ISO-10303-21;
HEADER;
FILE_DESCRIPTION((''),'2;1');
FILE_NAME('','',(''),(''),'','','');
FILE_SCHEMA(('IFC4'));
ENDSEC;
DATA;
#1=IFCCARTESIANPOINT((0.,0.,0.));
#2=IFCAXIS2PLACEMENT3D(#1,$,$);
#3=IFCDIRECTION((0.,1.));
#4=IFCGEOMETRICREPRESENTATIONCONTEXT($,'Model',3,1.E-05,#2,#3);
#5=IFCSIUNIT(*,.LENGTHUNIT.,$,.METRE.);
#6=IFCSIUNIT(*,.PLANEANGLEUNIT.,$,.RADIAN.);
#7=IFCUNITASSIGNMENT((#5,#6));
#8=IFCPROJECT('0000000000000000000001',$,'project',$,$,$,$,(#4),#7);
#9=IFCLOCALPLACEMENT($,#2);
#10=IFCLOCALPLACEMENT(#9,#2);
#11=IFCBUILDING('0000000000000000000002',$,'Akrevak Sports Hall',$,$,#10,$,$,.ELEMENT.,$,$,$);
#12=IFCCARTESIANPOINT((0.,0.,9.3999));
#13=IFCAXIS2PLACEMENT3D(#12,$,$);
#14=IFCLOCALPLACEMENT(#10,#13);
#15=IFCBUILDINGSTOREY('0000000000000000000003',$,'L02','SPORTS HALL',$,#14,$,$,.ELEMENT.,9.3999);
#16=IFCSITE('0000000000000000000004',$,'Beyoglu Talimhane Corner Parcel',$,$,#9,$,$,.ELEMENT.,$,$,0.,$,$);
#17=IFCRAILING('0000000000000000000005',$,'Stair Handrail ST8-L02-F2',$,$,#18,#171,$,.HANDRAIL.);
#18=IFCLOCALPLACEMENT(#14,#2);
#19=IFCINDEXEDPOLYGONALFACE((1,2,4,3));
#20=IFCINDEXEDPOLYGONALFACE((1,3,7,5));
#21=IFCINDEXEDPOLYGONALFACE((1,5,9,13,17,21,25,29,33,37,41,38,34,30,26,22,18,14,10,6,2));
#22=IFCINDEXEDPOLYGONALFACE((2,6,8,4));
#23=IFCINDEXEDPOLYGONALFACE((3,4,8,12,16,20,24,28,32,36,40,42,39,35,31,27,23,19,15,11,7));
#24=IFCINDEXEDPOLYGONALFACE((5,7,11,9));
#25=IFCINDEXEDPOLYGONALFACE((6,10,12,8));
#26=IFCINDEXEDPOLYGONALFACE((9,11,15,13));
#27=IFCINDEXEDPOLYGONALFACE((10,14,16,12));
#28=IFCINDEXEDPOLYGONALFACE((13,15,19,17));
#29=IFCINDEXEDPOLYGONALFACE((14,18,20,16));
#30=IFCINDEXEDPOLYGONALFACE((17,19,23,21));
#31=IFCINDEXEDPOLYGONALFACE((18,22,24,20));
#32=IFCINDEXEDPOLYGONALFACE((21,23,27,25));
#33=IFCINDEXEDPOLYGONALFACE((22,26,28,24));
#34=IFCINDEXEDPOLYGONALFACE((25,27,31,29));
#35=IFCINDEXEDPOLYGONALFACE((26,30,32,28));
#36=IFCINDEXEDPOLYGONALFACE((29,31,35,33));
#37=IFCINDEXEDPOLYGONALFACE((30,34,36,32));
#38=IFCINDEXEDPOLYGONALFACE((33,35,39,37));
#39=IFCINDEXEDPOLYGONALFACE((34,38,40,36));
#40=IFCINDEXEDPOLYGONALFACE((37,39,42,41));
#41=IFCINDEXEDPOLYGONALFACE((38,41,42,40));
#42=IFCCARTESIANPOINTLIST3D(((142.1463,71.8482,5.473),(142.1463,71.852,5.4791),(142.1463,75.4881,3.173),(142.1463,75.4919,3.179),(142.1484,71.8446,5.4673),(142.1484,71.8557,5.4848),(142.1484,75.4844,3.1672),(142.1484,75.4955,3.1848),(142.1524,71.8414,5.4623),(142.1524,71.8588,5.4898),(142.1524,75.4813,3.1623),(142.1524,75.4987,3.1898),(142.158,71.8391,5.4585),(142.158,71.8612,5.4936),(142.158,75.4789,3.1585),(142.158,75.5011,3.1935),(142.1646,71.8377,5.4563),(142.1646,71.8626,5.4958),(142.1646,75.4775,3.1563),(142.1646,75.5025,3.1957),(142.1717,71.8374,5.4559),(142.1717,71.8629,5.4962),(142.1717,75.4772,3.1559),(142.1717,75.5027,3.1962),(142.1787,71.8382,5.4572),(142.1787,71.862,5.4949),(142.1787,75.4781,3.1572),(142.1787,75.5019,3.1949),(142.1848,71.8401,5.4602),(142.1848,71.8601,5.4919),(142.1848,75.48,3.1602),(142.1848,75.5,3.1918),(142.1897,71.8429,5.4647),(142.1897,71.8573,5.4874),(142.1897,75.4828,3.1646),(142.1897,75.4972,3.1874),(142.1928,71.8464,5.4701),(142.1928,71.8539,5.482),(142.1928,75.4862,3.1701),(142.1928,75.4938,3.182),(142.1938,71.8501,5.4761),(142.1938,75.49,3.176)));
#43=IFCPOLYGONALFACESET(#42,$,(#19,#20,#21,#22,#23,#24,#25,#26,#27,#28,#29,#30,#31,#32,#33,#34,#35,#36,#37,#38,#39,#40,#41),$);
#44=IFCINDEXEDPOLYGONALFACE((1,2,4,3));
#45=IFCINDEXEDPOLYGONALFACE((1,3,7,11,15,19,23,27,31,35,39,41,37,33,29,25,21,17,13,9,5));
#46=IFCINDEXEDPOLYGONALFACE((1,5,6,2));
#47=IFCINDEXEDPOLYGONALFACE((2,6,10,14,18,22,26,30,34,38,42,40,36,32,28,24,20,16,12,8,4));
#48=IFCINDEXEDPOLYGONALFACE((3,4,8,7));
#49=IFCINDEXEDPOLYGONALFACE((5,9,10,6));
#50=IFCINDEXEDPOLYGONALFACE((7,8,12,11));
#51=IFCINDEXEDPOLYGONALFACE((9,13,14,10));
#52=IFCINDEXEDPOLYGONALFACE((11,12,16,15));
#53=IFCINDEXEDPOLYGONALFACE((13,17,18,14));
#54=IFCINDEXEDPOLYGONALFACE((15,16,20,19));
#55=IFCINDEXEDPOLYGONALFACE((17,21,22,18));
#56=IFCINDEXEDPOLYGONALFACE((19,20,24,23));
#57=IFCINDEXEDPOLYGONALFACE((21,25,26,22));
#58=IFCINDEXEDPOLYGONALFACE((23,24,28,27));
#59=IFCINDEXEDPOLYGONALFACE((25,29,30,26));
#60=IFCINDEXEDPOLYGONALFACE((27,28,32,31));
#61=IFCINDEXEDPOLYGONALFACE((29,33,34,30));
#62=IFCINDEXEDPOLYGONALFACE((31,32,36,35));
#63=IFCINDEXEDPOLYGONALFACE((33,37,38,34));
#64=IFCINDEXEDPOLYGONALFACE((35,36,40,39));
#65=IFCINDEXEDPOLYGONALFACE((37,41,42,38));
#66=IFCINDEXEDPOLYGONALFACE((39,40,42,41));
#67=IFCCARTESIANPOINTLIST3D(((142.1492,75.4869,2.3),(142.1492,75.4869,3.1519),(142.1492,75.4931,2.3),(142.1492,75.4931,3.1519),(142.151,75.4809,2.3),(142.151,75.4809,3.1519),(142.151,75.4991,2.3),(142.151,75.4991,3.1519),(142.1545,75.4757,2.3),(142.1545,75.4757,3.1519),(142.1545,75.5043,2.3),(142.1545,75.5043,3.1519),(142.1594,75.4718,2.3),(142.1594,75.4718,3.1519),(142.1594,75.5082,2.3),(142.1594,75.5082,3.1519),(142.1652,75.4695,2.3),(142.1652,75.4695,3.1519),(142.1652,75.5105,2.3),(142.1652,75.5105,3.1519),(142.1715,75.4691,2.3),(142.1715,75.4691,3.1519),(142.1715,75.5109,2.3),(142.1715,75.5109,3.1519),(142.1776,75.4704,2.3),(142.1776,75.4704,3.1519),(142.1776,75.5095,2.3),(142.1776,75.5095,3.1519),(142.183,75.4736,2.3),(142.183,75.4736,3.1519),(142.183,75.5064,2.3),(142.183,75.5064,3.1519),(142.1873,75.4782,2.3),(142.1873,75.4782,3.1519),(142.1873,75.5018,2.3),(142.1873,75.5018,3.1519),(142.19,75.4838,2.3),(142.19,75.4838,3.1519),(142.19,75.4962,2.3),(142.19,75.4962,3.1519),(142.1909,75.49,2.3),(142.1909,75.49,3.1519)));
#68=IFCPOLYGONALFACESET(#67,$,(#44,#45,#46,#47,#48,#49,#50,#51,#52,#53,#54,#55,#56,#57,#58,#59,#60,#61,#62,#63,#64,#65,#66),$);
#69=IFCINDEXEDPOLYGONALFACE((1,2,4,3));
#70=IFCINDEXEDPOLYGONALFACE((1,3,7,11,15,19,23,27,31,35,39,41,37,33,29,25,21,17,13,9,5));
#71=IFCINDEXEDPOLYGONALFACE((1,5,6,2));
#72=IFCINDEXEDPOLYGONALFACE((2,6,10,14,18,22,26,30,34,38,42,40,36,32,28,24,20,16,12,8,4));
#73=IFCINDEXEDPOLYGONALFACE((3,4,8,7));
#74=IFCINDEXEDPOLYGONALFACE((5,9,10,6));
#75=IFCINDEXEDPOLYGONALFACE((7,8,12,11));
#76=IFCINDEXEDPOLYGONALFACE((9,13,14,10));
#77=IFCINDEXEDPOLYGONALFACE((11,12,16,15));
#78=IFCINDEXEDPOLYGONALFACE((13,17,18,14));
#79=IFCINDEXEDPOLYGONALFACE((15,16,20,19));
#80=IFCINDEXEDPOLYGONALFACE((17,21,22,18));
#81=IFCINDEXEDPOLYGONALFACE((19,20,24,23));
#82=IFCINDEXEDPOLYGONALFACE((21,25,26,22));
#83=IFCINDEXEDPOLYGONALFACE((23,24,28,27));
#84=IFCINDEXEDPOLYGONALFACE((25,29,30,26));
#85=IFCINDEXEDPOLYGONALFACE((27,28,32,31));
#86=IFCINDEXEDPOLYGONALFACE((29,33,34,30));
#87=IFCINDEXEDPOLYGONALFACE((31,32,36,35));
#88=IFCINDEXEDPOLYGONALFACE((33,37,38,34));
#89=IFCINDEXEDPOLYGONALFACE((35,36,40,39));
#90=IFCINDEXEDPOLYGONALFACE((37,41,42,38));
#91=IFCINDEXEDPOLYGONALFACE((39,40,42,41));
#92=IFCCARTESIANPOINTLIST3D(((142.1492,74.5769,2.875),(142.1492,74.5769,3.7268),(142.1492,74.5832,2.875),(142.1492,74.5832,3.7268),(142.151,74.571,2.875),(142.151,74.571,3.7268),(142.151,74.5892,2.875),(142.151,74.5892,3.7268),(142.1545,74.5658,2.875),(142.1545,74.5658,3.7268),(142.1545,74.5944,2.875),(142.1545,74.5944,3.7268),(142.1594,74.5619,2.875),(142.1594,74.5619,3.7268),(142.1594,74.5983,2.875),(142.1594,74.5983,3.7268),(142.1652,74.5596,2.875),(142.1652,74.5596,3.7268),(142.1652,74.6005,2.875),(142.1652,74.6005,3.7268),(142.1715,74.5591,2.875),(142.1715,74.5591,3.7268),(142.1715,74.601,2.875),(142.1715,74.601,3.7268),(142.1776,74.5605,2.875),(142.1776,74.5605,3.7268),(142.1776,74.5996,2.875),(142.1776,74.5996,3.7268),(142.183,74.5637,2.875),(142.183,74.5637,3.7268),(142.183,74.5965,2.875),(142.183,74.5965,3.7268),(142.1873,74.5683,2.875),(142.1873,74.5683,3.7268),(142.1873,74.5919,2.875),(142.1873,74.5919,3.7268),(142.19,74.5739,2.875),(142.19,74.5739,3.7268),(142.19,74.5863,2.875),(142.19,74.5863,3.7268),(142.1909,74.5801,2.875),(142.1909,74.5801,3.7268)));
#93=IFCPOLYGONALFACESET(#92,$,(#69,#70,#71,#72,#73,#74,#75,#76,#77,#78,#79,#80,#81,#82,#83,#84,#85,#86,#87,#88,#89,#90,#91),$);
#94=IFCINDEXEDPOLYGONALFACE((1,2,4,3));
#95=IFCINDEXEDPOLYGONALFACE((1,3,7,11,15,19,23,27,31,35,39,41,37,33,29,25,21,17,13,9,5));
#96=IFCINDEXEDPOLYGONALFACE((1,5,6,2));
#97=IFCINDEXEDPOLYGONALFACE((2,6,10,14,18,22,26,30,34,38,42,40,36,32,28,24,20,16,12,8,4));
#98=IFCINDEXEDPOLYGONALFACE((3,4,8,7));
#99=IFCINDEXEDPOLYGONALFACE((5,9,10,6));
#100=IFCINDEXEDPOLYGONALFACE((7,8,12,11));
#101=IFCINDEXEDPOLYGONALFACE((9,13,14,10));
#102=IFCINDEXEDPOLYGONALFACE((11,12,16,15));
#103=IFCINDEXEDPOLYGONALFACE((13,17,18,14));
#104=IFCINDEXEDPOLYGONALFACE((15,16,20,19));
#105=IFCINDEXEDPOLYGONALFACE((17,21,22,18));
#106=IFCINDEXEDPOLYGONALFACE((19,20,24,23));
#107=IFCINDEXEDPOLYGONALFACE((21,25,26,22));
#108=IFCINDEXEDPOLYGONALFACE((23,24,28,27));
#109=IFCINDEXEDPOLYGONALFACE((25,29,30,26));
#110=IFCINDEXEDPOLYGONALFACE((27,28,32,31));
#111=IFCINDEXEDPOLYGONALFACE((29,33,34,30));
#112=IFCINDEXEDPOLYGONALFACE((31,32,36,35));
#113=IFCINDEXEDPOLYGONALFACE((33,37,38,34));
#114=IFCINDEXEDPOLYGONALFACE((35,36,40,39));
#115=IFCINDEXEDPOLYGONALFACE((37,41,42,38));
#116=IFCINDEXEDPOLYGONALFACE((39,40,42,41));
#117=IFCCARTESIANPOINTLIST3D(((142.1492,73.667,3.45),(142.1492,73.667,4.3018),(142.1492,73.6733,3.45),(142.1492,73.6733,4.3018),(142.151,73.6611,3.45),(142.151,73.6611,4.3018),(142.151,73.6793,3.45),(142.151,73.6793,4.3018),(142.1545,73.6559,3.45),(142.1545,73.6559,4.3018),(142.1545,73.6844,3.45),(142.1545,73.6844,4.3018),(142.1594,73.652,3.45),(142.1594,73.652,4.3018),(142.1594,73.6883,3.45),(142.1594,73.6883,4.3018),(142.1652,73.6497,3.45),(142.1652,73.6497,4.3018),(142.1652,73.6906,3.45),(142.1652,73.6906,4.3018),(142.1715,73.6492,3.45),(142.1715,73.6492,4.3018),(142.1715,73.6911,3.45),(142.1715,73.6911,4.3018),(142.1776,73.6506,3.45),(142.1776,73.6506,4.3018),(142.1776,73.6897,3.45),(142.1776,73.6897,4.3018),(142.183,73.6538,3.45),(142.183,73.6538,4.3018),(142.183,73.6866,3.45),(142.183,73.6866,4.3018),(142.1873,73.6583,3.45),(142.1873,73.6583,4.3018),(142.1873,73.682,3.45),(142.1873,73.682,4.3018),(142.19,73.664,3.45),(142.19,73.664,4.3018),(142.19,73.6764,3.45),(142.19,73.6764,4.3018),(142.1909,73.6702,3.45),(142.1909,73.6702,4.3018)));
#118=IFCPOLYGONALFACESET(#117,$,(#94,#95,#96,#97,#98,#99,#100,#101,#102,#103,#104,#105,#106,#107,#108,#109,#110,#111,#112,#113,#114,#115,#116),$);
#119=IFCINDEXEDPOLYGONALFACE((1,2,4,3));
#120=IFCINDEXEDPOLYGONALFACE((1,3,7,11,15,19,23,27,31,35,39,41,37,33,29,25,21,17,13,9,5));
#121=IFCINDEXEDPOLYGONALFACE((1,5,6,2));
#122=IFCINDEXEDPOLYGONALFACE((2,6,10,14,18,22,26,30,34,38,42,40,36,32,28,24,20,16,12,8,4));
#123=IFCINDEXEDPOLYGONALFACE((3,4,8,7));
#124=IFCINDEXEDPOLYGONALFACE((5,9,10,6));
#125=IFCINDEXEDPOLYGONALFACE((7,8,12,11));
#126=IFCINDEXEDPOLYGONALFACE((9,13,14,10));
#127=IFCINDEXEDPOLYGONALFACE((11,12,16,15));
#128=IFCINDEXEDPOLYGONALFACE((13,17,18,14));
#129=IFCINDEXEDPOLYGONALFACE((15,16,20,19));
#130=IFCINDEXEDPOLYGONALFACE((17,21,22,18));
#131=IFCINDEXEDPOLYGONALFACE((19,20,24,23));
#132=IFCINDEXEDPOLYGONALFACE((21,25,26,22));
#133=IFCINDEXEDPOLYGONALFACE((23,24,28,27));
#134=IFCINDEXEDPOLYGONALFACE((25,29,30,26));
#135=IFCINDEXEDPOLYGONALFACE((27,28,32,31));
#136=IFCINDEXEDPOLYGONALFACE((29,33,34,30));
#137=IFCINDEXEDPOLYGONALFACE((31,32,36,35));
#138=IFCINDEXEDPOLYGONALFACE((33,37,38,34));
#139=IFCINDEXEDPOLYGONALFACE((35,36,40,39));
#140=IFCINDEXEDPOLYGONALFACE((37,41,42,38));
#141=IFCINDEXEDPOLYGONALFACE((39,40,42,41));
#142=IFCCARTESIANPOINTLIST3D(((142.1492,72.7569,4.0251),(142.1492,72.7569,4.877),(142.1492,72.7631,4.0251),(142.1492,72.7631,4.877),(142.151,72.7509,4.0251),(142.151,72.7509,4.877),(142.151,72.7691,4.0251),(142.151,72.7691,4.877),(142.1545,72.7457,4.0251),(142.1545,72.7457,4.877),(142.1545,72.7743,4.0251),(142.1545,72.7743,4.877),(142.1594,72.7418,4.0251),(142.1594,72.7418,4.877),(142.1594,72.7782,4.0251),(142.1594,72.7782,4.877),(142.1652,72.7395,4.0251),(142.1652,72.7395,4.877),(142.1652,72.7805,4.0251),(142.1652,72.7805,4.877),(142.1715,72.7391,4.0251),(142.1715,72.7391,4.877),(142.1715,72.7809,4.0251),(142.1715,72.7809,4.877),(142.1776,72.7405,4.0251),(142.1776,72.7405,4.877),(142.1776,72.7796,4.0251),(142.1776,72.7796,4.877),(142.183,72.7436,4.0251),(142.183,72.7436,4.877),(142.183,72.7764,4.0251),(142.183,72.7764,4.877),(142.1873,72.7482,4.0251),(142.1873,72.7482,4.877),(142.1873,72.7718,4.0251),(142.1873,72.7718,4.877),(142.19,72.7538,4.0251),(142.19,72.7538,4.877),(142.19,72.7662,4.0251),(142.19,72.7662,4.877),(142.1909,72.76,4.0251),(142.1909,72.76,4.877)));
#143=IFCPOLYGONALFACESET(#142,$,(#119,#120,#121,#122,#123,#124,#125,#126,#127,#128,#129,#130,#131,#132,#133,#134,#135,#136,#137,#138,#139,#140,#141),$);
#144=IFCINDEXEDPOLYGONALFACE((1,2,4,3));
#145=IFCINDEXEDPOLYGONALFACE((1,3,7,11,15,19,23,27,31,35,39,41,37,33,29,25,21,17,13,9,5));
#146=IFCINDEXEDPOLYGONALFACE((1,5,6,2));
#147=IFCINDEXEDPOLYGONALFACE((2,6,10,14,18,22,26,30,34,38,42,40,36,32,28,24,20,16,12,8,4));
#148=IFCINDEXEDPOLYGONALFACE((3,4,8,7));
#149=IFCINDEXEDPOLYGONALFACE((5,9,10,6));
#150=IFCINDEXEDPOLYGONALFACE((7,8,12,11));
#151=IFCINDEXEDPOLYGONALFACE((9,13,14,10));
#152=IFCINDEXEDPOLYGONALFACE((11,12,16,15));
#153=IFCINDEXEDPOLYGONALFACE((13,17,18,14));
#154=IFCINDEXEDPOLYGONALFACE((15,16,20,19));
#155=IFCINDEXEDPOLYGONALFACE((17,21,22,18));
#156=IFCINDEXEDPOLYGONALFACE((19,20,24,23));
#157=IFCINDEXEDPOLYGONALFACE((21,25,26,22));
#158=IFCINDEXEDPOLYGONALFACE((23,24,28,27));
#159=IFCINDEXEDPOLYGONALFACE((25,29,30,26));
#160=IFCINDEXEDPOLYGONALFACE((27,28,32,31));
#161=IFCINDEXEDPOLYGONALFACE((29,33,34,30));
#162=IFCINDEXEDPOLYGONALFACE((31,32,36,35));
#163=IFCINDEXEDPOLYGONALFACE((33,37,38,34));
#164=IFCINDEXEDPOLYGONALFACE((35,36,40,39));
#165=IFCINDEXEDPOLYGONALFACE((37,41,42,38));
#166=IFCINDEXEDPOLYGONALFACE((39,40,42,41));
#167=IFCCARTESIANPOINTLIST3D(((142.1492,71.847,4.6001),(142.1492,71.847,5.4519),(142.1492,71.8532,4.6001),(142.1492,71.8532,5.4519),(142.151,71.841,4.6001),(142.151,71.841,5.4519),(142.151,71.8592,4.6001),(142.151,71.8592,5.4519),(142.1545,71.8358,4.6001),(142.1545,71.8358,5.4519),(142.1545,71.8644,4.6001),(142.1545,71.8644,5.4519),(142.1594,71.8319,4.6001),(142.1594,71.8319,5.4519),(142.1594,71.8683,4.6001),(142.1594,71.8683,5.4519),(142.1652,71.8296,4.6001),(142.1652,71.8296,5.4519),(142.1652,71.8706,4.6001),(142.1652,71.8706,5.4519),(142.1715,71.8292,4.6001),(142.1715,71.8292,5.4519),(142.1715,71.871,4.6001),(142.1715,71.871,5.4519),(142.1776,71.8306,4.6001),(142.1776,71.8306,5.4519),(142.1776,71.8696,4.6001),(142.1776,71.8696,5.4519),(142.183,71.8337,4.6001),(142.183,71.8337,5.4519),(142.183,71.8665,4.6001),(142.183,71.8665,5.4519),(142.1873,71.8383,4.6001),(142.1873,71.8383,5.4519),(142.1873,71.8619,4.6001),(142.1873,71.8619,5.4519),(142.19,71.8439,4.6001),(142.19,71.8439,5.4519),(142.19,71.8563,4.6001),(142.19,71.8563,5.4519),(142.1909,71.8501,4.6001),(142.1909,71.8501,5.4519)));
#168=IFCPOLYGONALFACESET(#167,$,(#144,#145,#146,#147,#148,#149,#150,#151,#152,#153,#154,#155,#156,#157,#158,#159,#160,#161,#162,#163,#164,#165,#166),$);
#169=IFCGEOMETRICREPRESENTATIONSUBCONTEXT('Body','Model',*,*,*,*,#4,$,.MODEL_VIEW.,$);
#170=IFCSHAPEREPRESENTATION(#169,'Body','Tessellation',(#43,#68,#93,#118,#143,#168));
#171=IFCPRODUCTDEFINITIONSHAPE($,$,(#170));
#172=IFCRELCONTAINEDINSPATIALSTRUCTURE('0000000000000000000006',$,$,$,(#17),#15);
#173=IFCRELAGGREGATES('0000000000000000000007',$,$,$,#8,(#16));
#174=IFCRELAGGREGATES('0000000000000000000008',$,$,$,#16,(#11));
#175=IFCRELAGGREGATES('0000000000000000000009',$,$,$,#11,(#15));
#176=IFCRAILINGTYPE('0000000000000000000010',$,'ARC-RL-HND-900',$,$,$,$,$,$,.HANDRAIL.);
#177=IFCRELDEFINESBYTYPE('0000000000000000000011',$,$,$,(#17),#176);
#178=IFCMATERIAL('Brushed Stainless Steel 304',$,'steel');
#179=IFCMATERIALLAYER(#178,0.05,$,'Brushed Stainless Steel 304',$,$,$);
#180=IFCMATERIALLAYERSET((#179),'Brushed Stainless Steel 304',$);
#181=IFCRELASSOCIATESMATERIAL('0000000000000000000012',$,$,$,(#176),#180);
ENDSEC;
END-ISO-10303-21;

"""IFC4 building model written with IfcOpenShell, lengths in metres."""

from ifc_helpers import new_model, si_unit, direction, frame, origin, origin_2d, place, context, subcontext, project, spatial, circle, extrude, material, layer, layer_set, type_object, element, save


model = new_model("IFC4")

# Units and contexts
model_context = context("Model", 3, precision=1e-05, world=origin(), true_north=direction((0.0, 1.0)))
body_context = subcontext(model_context, "Body", "Model", "MODEL_VIEW")
ifc_project = project(units=[si_unit("LENGTHUNIT", "METRE"), si_unit("PLANEANGLEUNIT", "RADIAN")], contexts=[model_context])

# Site, building, storey
site_placement = place(None, origin())
site = spatial("IfcSite", under=ifc_project, at=site_placement, Name="Beyoglu Talimhane Corner Parcel", CompositionType="ELEMENT", RefElevation=0.0)
building_placement = place(site_placement, origin())
building = spatial("IfcBuilding", under=site, at=building_placement, Name="Akrevak Sports Hall", CompositionType="ELEMENT")
storey_placement = place(building_placement, frame((0.0, 0.0, 9.3999)))
storey = spatial("IfcBuildingStorey", under=building, at=storey_placement, Name="L02", Description="SPORTS HALL", CompositionType="ELEMENT", Elevation=9.3999)

# Shared definitions
ifc_material_1 = material(Name="Brushed Stainless Steel 304", Category="steel")

# Railing
ifc_layer_1 = layer(ifc_material_1, 0.05, Name="Brushed Stainless Steel 304")
ifc_layer_set_1 = layer_set([ifc_layer_1], Name="Brushed Stainless Steel 304")
railing_type_1 = type_object("IfcRailingType", Name="ARC-RL-HND-900", PredefinedType="HANDRAIL", material=ifc_layer_set_1)
railing_1_placement = place(storey_placement, frame((142.1699, 75.49, 2.3)))
element("IfcRailing", 1, at=railing_1_placement, inside=storey, type_object=railing_type_1, Name="Stair Handrail ST8-L02-F2", PredefinedType="HANDRAIL", context=body_context, shape_type="SweptSolid", body=[
    extrude(circle(Radius=0.0239, at=origin_2d()), frame((0.0, 0.0, 0.876), z_axis=(0.0, -0.845366, 0.534187), x_axis=(1.0, 0.0, 0.0)), (0.0, 0.0, 1.0), 4.3057),
    extrude(circle(Radius=0.021, at=origin_2d()), origin(), (0.0, 0.0, 1.0), 0.8518),
    extrude(circle(Radius=0.021, at=origin_2d()), frame((0.0, -0.9099, 0.575)), (0.0, 0.0, 1.0), 0.8518),
    extrude(circle(Radius=0.021, at=origin_2d()), frame((0.0, -1.8198, 1.1499)), (0.0, 0.0, 1.0), 0.8518),
    extrude(circle(Radius=0.021, at=origin_2d()), frame((0.0, -2.73, 1.7251)), (0.0, 0.0, 1.0), 0.8518),
    extrude(circle(Radius=0.021, at=origin_2d()), frame((0.0, -3.6399, 2.3)), (0.0, 0.0, 1.0), 0.8518),
])

save(model, "model.ifc")
